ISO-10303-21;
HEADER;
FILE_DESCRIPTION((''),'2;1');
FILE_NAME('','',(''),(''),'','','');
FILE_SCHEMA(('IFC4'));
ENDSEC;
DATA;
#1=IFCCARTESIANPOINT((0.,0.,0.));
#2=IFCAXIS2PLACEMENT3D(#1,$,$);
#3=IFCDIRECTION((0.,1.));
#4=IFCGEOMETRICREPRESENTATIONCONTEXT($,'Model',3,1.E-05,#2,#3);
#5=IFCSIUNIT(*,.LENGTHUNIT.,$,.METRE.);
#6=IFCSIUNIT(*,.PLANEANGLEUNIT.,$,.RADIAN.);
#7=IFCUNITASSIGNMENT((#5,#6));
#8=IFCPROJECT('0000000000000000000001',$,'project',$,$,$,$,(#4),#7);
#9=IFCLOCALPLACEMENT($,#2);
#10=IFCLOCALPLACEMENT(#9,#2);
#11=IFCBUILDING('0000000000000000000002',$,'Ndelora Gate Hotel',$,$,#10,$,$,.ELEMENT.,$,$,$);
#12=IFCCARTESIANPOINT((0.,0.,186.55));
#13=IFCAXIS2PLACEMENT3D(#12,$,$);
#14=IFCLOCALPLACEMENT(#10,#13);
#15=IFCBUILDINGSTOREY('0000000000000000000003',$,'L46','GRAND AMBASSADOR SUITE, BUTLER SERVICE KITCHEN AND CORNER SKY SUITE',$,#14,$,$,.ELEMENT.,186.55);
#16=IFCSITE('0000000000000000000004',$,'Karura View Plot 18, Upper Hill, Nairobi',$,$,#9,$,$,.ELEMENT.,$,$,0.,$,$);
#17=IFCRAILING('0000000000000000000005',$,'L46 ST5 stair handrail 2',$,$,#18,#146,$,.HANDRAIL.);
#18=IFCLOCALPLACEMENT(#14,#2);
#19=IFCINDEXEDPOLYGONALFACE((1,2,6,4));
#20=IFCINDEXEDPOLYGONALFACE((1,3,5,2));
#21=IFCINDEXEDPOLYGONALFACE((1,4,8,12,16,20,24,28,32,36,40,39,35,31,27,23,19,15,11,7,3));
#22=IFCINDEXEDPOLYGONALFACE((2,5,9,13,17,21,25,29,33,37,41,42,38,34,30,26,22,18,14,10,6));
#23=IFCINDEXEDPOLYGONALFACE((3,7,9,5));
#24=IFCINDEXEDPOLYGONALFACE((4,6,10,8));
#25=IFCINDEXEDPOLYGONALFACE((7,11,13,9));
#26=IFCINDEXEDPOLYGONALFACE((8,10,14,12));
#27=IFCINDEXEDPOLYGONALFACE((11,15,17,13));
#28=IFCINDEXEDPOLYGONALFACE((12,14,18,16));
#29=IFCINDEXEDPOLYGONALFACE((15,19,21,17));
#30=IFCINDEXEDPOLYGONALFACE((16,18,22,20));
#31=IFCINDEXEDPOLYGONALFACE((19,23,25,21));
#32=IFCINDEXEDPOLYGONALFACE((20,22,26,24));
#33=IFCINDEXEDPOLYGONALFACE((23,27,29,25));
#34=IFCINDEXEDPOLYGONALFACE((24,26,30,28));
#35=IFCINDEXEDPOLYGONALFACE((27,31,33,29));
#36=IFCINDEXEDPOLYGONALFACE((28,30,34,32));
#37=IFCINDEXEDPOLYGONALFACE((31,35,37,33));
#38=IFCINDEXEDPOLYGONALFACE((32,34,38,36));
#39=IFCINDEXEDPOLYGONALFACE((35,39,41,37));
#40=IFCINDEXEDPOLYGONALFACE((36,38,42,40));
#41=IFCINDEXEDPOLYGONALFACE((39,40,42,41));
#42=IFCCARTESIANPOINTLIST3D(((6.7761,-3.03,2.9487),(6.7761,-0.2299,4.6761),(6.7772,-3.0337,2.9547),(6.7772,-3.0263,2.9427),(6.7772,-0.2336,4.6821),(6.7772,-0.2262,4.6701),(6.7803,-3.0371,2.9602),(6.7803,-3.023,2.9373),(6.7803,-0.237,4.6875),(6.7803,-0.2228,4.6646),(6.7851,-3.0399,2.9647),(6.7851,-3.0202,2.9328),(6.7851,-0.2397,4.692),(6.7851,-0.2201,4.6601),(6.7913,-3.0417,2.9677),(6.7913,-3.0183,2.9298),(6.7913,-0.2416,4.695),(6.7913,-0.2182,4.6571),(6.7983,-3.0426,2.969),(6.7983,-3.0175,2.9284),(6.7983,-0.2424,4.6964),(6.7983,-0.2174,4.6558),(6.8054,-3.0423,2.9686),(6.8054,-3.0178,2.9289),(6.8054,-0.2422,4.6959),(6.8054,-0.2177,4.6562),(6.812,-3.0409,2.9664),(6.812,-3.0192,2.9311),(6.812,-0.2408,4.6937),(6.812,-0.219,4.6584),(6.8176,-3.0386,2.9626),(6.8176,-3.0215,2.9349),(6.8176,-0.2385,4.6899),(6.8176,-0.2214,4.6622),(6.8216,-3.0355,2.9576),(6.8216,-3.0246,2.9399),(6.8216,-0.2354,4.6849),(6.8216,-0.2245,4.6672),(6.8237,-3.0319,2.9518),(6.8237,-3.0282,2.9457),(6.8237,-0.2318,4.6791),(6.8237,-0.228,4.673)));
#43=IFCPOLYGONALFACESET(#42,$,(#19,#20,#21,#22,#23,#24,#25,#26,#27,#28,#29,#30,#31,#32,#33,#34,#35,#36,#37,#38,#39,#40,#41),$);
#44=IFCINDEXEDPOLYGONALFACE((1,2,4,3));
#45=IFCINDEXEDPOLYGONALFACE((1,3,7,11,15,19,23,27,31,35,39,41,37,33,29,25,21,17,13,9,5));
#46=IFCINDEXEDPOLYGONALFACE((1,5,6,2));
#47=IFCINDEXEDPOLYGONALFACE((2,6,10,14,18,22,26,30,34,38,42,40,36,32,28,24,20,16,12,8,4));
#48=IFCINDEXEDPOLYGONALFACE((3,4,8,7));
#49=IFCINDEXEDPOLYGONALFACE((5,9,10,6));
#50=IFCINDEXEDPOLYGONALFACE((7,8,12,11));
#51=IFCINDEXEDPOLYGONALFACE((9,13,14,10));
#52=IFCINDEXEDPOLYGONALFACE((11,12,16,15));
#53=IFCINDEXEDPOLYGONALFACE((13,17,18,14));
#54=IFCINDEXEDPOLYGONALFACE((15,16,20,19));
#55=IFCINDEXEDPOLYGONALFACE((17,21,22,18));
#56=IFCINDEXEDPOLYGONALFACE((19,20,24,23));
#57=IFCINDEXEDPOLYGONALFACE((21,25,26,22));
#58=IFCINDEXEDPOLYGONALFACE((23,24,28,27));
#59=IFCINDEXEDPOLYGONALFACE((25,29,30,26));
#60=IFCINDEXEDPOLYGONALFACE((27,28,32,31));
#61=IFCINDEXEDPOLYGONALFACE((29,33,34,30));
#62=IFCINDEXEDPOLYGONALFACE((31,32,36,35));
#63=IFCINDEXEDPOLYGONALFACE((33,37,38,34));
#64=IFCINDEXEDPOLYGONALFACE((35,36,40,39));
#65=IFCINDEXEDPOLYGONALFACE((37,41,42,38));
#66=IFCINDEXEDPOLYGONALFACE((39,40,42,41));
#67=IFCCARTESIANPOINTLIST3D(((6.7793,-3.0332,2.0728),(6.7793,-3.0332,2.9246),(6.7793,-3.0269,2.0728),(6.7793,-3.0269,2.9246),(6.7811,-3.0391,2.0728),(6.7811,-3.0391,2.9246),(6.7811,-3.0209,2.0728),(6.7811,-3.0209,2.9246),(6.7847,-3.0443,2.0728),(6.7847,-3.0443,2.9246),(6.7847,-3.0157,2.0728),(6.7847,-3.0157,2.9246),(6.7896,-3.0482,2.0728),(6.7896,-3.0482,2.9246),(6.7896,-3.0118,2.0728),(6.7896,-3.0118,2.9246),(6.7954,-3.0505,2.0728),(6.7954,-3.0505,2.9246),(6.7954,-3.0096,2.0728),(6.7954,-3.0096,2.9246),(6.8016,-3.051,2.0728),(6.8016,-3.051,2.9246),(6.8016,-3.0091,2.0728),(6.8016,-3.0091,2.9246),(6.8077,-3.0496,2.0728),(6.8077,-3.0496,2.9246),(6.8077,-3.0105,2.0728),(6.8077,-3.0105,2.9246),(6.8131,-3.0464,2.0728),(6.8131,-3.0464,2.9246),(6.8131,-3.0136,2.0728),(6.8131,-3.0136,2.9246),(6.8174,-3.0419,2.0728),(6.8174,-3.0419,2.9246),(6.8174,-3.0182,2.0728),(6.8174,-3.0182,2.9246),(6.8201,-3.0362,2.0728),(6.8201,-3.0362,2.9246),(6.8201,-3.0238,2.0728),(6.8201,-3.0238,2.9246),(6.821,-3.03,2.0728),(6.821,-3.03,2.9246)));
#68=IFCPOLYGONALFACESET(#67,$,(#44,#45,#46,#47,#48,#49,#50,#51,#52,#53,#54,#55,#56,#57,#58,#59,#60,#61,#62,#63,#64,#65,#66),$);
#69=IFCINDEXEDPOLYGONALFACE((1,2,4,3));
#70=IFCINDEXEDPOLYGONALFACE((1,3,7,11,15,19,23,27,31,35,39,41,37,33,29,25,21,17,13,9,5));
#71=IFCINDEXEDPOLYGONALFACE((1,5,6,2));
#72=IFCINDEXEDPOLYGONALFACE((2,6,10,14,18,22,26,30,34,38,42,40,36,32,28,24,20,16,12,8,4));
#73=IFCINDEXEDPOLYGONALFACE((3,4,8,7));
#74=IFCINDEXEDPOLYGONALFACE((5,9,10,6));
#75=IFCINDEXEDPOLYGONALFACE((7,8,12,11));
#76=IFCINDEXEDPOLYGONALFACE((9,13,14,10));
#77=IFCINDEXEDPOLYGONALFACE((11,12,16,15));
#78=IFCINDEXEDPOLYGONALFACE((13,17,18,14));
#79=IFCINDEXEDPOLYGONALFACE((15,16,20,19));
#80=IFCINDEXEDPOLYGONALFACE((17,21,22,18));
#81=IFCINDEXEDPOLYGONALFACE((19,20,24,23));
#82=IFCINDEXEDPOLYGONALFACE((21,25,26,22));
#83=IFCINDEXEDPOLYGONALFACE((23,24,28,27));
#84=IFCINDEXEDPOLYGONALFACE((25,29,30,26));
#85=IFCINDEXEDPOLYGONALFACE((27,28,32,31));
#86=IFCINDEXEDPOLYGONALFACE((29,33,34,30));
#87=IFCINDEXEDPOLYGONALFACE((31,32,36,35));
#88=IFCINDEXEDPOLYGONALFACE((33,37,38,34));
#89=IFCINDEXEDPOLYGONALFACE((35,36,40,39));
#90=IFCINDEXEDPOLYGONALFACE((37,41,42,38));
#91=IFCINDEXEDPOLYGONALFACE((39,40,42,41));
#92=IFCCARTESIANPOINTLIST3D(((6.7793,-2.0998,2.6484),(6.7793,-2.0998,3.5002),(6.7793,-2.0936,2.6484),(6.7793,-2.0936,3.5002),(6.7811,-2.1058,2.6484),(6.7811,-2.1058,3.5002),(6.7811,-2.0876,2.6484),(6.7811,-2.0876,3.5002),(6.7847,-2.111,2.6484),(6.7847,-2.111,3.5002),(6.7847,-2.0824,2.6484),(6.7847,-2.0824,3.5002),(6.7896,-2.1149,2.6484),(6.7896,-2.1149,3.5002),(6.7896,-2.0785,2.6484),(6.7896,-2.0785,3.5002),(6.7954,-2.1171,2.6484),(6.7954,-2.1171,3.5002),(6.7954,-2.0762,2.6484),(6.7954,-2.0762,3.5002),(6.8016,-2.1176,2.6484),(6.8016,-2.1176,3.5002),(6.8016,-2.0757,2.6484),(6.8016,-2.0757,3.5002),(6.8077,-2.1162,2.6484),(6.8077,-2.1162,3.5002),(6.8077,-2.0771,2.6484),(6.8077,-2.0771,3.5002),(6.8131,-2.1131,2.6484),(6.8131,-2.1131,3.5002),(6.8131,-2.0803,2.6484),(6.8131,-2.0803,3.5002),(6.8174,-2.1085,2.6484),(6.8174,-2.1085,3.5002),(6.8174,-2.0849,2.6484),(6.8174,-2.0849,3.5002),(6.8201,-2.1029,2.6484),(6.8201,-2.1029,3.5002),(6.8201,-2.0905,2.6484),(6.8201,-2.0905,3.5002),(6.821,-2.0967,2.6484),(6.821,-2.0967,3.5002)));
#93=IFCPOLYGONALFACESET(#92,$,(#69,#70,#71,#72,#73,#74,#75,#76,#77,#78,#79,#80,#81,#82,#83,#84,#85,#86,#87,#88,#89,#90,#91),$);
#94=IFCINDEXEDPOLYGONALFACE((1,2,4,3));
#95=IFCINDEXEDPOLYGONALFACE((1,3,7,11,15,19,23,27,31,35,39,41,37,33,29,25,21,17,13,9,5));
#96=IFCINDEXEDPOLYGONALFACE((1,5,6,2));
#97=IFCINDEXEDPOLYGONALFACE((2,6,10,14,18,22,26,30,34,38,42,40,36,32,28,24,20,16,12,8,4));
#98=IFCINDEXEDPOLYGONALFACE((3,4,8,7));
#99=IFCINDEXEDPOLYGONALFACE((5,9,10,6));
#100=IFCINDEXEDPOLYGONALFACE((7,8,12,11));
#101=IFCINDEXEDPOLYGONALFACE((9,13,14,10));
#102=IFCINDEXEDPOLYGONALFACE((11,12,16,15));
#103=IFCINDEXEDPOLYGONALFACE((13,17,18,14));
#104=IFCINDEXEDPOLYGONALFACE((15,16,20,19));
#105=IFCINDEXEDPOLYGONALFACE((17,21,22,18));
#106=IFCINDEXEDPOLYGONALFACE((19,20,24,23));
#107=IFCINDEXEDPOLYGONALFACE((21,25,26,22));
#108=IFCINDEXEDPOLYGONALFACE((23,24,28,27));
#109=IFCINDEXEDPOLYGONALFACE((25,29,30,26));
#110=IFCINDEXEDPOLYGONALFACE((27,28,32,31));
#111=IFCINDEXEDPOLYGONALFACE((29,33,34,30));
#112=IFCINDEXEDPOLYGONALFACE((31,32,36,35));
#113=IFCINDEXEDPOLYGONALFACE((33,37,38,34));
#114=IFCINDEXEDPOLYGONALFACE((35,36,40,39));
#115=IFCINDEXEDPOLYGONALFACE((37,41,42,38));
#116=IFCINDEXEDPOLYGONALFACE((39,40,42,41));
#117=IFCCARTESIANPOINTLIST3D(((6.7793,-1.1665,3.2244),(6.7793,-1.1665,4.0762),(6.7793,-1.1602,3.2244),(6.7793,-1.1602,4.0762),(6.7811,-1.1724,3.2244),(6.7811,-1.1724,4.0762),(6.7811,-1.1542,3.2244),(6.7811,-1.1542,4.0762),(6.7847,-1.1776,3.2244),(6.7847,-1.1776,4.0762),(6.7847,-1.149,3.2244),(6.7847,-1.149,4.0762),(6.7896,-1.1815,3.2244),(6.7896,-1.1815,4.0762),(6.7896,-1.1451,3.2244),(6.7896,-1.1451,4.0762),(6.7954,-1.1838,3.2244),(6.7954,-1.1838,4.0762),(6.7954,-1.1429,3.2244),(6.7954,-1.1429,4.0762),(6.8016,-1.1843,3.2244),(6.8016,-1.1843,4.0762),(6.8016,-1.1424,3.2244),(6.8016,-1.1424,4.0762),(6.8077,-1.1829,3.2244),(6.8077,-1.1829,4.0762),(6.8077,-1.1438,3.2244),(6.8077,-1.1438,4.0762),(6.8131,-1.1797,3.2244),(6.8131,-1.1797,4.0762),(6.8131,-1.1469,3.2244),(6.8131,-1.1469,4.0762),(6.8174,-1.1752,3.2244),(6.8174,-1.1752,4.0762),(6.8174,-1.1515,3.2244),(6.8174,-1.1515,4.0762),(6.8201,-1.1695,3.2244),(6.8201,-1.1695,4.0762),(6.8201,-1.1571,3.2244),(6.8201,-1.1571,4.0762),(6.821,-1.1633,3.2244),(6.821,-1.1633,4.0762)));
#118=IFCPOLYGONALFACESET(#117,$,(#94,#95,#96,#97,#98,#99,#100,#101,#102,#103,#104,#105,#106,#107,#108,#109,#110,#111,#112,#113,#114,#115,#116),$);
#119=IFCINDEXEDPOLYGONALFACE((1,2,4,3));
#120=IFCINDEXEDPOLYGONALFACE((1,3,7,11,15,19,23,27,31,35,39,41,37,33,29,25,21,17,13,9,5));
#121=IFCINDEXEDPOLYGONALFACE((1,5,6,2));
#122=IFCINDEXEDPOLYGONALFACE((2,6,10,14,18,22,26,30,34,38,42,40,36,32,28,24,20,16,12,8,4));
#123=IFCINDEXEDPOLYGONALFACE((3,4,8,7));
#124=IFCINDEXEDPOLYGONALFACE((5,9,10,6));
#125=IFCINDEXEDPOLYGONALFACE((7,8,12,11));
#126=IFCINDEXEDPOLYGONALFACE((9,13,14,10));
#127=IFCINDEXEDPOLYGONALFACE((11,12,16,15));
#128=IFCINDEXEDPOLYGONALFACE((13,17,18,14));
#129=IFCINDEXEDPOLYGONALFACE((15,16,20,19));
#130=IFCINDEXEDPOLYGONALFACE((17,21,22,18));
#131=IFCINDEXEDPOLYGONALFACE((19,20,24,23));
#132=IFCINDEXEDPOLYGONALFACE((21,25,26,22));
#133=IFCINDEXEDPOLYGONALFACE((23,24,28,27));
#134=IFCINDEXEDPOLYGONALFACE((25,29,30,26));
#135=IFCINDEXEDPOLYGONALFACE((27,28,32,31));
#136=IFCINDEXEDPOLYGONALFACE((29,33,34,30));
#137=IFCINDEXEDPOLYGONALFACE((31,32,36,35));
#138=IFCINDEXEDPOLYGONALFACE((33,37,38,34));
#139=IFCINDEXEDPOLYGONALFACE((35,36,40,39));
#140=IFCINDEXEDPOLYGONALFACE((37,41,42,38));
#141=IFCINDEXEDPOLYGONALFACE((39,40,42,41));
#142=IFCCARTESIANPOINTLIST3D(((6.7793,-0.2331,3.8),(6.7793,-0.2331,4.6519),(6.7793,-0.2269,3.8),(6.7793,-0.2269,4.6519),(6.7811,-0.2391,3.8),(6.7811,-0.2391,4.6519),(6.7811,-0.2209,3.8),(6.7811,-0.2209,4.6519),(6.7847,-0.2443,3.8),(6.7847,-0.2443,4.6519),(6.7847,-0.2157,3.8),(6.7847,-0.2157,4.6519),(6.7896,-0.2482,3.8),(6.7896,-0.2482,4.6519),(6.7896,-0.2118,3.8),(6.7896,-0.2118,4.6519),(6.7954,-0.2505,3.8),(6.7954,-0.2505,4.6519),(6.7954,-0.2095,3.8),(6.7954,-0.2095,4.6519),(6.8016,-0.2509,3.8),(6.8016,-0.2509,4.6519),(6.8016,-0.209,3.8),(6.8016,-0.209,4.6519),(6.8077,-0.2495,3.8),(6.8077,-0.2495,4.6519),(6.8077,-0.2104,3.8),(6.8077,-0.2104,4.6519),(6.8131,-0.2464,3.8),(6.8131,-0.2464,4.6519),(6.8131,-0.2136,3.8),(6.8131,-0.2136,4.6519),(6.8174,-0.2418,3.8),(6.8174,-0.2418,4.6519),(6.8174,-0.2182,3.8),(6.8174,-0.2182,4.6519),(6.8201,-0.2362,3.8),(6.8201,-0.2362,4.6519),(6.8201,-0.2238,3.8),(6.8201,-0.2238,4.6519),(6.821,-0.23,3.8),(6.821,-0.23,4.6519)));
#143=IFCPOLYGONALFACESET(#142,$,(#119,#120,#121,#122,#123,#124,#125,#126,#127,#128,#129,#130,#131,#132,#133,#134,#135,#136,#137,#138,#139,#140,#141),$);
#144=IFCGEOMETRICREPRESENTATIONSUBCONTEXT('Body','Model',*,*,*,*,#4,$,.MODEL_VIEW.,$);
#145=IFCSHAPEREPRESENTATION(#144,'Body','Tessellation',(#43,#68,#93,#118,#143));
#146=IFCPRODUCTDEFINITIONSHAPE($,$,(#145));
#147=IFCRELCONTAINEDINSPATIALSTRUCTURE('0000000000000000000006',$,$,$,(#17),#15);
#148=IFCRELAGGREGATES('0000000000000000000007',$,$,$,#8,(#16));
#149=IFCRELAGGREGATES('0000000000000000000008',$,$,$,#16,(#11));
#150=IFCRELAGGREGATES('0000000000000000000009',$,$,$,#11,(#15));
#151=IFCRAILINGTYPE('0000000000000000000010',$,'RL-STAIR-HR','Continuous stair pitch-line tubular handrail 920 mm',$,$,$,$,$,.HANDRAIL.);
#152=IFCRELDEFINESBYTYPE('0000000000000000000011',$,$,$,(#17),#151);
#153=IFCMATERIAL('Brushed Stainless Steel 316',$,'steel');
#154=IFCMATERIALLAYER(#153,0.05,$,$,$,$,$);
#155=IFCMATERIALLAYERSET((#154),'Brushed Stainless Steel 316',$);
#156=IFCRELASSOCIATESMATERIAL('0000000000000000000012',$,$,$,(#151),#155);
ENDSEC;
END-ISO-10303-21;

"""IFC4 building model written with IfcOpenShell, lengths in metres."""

from ifc_helpers import new_model, si_unit, direction, frame, origin, origin_2d, place, context, subcontext, project, spatial, circle, extrude, material, layer, layer_set, type_object, element, save


model = new_model("IFC4")

# Units and contexts
model_context = context("Model", 3, precision=1e-05, world=origin(), true_north=direction((0.0, 1.0)))
body_context = subcontext(model_context, "Body", "Model", "MODEL_VIEW")
ifc_project = project(units=[si_unit("LENGTHUNIT", "METRE"), si_unit("PLANEANGLEUNIT", "RADIAN")], contexts=[model_context])

# Site, building, storey
site_placement = place(None, origin())
site = spatial("IfcSite", under=ifc_project, at=site_placement, Name="Karura View Plot 18, Upper Hill, Nairobi", CompositionType="ELEMENT", RefElevation=0.0)
building_placement = place(site_placement, origin())
building = spatial("IfcBuilding", under=site, at=building_placement, Name="Ndelora Gate Hotel", CompositionType="ELEMENT")
storey_placement = place(building_placement, frame((0.0, 0.0, 186.55)))
storey = spatial("IfcBuildingStorey", under=building, at=storey_placement, Name="L46", Description="GRAND AMBASSADOR SUITE, BUTLER SERVICE KITCHEN AND CORNER SKY SUITE", CompositionType="ELEMENT", Elevation=186.55)

# Railing
ifc_material_1 = material(Name="Brushed Stainless Steel 316", Category="steel")
ifc_layer_1 = layer(ifc_material_1, 0.05)
ifc_layer_set_1 = layer_set([ifc_layer_1], Name="Brushed Stainless Steel 316")
railing_type_1 = type_object("IfcRailingType", Name="RL-STAIR-HR", Description="Continuous stair pitch-line tubular handrail 920 mm", PredefinedType="HANDRAIL", material=ifc_layer_set_1)
railing_1_placement = place(storey_placement, frame((6.8, -3.03, 2.0728)))
element("IfcRailing", 1, at=railing_1_placement, inside=storey, type_object=railing_type_1, Name="L46 ST5 stair handrail 2", PredefinedType="HANDRAIL", context=body_context, shape_type="SweptSolid", body=[
    extrude(circle(Radius=0.0239, at=origin_2d()), frame((0.0, 0.0, 0.876), z_axis=(0.0, 0.85109, 0.52502), x_axis=(-1.0, 0.0, 0.0)), (0.0, 0.0, 1.0), 3.29),
    extrude(circle(Radius=0.021, at=origin_2d()), origin(), (0.0, 0.0, 1.0), 0.8518),
    extrude(circle(Radius=0.021, at=origin_2d()), frame((0.0, 0.9333, 0.5757)), (0.0, 0.0, 1.0), 0.8518),
    extrude(circle(Radius=0.021, at=origin_2d()), frame((0.0, 1.8667, 1.1516)), (0.0, 0.0, 1.0), 0.8518),
    extrude(circle(Radius=0.021, at=origin_2d()), frame((0.0, 2.8, 1.7273)), (0.0, 0.0, 1.0), 0.8518),
])

save(model, "model.ifc")
